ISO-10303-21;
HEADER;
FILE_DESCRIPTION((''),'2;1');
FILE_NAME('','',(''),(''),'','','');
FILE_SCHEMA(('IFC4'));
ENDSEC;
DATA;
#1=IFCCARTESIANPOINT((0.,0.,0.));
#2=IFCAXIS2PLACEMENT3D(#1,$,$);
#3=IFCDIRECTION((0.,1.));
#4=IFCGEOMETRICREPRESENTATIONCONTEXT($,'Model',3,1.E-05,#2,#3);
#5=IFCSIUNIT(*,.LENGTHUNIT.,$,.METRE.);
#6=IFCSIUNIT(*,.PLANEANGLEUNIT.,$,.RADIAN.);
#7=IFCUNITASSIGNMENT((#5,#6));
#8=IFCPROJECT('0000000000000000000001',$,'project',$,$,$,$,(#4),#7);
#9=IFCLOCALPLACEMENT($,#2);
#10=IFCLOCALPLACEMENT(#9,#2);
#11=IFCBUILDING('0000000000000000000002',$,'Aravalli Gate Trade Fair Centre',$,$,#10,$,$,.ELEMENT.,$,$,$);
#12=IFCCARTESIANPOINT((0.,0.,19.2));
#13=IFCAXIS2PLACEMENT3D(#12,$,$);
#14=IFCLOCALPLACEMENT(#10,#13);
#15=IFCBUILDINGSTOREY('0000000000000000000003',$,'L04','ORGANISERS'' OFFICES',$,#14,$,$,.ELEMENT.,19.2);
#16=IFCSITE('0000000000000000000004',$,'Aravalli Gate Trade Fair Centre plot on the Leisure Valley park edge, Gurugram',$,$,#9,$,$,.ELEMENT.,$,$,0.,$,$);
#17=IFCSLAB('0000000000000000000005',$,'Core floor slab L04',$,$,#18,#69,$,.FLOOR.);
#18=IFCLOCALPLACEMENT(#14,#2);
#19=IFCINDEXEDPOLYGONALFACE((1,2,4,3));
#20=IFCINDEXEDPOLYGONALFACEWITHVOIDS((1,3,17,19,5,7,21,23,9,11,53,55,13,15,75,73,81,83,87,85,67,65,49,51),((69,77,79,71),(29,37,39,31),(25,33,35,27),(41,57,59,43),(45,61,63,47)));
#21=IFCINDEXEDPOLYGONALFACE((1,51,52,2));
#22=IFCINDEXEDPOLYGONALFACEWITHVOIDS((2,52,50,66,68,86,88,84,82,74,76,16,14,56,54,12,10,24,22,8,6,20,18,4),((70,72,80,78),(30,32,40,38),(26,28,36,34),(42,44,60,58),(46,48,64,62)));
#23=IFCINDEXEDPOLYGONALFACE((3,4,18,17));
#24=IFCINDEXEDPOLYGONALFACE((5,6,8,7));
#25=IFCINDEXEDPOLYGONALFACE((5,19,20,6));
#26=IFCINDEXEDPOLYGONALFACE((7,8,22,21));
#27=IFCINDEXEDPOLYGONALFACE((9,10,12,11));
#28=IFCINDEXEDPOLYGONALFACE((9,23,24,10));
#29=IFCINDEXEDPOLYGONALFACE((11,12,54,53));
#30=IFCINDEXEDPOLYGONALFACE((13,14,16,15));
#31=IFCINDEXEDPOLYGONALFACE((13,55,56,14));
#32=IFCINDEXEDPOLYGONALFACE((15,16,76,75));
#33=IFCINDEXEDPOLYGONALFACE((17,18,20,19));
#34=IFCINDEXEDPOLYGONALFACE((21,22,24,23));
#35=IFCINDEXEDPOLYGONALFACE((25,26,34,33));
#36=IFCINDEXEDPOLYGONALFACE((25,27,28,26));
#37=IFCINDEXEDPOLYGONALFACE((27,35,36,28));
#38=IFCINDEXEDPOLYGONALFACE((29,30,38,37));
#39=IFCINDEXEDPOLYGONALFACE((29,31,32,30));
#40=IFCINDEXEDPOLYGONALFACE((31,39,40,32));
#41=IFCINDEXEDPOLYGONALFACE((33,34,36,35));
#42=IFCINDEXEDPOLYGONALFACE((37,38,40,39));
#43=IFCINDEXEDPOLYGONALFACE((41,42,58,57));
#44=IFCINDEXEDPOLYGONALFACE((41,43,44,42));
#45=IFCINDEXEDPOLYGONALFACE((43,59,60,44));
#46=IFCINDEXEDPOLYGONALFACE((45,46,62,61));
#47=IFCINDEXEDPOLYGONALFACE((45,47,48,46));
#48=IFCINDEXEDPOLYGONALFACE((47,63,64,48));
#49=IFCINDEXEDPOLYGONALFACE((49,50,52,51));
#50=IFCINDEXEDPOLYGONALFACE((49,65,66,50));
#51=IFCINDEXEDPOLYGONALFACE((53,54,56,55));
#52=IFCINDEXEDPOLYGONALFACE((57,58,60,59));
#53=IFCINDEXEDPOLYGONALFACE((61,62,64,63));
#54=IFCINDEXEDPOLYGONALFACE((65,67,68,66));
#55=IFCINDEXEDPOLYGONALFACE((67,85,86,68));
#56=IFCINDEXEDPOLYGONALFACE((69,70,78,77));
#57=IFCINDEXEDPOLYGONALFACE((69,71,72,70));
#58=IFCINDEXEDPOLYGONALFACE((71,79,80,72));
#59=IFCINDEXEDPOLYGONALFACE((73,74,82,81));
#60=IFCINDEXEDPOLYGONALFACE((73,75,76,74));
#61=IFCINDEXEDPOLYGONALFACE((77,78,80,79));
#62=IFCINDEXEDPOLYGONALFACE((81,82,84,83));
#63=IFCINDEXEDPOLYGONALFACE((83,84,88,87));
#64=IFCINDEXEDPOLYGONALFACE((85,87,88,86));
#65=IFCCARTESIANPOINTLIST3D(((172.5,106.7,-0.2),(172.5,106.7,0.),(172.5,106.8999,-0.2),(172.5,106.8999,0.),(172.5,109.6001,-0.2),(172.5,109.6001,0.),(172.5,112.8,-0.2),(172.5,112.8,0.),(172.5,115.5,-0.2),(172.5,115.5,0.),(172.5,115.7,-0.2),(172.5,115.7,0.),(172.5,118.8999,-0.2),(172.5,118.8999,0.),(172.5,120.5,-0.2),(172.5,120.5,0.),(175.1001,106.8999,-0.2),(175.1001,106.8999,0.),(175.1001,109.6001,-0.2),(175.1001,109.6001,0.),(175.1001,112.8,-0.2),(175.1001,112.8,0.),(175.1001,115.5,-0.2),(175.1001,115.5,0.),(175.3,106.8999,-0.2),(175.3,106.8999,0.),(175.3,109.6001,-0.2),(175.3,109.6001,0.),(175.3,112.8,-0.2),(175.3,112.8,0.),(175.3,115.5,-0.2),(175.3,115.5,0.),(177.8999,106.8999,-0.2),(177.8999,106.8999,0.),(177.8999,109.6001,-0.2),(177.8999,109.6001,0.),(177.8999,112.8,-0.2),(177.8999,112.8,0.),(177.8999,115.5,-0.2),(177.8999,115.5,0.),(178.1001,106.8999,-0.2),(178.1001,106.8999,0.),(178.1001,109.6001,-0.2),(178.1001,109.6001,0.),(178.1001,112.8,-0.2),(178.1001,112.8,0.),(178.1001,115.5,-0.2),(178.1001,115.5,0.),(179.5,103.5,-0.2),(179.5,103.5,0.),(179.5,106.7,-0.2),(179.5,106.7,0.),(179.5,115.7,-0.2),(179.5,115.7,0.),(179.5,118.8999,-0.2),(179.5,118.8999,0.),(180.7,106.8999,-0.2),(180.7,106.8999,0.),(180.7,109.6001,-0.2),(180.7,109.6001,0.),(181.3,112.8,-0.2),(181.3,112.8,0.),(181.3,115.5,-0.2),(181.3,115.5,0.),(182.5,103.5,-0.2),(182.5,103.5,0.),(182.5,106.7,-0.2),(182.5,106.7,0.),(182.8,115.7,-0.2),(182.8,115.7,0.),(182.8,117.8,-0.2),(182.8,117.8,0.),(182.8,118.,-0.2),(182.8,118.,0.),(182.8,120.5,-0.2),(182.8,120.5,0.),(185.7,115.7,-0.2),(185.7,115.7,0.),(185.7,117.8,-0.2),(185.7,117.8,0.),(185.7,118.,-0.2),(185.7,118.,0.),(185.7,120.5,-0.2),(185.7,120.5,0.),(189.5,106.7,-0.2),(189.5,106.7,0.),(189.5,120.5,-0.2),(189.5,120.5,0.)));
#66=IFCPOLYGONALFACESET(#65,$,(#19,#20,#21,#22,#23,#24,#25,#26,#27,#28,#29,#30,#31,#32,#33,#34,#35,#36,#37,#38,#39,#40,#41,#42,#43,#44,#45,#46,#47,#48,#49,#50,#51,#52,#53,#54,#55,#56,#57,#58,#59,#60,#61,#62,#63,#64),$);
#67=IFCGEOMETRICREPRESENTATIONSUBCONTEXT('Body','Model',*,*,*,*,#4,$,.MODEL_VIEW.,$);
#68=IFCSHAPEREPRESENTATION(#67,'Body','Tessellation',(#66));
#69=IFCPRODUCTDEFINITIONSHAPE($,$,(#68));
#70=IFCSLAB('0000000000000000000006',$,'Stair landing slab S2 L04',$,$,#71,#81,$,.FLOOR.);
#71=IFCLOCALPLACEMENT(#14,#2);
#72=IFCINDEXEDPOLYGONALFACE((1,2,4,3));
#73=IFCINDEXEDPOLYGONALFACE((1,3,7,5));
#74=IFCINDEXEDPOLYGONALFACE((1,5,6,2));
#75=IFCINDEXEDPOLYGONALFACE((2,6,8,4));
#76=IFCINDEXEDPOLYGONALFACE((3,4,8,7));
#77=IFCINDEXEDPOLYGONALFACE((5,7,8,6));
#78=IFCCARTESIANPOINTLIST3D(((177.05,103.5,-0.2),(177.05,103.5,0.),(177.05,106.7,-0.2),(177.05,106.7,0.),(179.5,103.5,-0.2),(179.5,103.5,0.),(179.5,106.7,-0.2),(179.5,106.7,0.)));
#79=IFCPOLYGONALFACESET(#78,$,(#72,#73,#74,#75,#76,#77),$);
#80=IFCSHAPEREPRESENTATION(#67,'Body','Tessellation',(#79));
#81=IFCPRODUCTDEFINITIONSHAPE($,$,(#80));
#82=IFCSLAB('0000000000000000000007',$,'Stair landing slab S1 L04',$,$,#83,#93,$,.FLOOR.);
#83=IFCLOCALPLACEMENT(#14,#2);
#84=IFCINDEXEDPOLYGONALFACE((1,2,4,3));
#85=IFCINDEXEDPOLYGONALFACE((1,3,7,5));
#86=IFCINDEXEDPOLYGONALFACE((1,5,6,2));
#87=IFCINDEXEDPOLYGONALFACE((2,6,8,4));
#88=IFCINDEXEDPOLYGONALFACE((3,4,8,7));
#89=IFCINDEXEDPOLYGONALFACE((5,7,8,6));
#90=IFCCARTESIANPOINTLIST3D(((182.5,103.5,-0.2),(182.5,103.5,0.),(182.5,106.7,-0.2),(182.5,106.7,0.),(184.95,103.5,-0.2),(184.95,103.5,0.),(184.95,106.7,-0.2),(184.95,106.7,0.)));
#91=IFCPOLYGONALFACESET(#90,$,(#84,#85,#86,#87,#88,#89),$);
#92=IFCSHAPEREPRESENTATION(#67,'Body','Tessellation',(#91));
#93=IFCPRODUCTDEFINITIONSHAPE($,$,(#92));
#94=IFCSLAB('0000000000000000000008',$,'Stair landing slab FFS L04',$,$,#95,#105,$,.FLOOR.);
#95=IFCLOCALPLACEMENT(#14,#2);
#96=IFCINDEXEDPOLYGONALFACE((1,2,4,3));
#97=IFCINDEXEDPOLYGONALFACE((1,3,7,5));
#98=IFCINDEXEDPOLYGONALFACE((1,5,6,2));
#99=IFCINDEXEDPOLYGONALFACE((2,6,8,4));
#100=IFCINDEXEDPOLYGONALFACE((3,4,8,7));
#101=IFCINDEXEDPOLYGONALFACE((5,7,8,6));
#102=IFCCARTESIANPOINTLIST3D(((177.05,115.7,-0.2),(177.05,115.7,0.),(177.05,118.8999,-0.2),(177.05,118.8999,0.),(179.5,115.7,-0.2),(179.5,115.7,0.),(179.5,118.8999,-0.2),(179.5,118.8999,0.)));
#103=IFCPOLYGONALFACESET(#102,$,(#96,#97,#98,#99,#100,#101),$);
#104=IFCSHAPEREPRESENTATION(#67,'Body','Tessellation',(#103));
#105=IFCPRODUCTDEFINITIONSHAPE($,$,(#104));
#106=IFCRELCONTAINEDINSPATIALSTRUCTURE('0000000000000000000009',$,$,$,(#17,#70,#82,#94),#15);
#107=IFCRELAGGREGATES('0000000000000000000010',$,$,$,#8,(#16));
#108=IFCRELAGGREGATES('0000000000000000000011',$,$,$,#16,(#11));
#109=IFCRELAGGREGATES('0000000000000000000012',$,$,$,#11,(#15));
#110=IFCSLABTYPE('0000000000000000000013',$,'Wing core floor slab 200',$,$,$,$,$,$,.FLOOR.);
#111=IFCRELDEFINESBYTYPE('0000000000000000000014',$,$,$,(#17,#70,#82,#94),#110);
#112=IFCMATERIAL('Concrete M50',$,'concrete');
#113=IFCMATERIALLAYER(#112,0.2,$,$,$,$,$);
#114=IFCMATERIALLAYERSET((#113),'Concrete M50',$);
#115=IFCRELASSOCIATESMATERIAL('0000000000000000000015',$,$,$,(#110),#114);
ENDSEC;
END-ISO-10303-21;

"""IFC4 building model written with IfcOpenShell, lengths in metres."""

from ifc_helpers import new_model, si_unit, direction, frame, origin, place, context, subcontext, project, spatial, polyline, outline, extrude, material, layer, layer_set, type_object, element, save


model = new_model("IFC4")

# Units and contexts
model_context = context("Model", 3, precision=1e-05, world=origin(), true_north=direction((0.0, 1.0)))
body_context = subcontext(model_context, "Body", "Model", "MODEL_VIEW")
ifc_project = project(units=[si_unit("LENGTHUNIT", "METRE"), si_unit("PLANEANGLEUNIT", "RADIAN")], contexts=[model_context])

# Site, building, storey
site_placement = place(None, origin())
site = spatial("IfcSite", under=ifc_project, at=site_placement, Name="Aravalli Gate Trade Fair Centre plot on the Leisure Valley park edge, Gurugram", CompositionType="ELEMENT", RefElevation=0.0)
building_placement = place(site_placement, origin())
building = spatial("IfcBuilding", under=site, at=building_placement, Name="Aravalli Gate Trade Fair Centre", CompositionType="ELEMENT")
storey_placement = place(building_placement, frame((0.0, 0.0, 19.2)))
storey = spatial("IfcBuildingStorey", under=building, at=storey_placement, Name="L04", Description="ORGANISERS' OFFICES", CompositionType="ELEMENT", Elevation=19.2)

# Slabs
ifc_material_1 = material(Name="Concrete M50", Category="concrete")
ifc_layer_1 = layer(ifc_material_1, 0.2)
ifc_layer_set_1 = layer_set([ifc_layer_1], Name="Concrete M50")
slab_type_1 = type_object("IfcSlabType", Name="Wing core floor slab 200", PredefinedType="FLOOR", material=ifc_layer_set_1)
slab_1_placement = place(storey_placement, frame((0.0, 0.0, -0.2)))
element("IfcSlab", 1, at=slab_1_placement, inside=storey, type_object=slab_type_1, Name="Core floor slab L04", PredefinedType="FLOOR", context=body_context, shape_type="SweptSolid", body=[
    extrude(outline(polyline([(189.5, 120.5), (189.5, 106.7), (182.5, 106.7), (182.5, 103.5), (179.5, 103.5), (179.5, 106.7), (172.5, 106.7), (172.5, 106.8999), (175.1001, 106.8999), (175.1001, 109.6001), (172.5, 109.6001), (172.5, 112.8), (175.1001, 112.8), (175.1001, 115.5), (172.5, 115.5), (172.5, 115.7), (179.5, 115.7), (179.5, 118.8999), (172.5, 118.8999), (172.5, 120.5), (182.8, 120.5), (182.8, 118.0), (185.7, 118.0), (185.7, 120.5), (189.5, 120.5)]), holes=[polyline([(175.3, 109.6001), (175.3, 106.8999), (177.8999, 106.8999), (177.8999, 109.6001), (175.3, 109.6001)]), polyline([(177.8999, 115.5), (175.3, 115.5), (175.3, 112.8), (177.8999, 112.8), (177.8999, 115.5)]), polyline([(180.7, 109.6001), (178.1001, 109.6001), (178.1001, 106.8999), (180.7, 106.8999), (180.7, 109.6001)]), polyline([(178.1001, 115.5), (178.1001, 112.8), (181.3, 112.8), (181.3, 115.5), (178.1001, 115.5)]), polyline([(185.7, 117.8), (182.8, 117.8), (182.8, 115.7), (185.7, 115.7), (185.7, 117.8)])]), origin(), (0.0, 0.0, 1.0), 0.2),
])
slab_2_placement = place(storey_placement, frame((0.0, 0.0, -0.2)))
element("IfcSlab", 2, at=slab_2_placement, inside=storey, type_object=slab_type_1, Name="Stair landing slab S2 L04", PredefinedType="FLOOR", context=body_context, shape_type="SweptSolid", body=[
    extrude(outline(polyline([(179.5, 103.5), (179.5, 106.7), (177.05, 106.7), (177.05, 103.5), (179.5, 103.5)])), origin(), (0.0, 0.0, 1.0), 0.2),
])
slab_3_placement = place(storey_placement, frame((0.0, 0.0, -0.2)))
element("IfcSlab", 3, at=slab_3_placement, inside=storey, type_object=slab_type_1, Name="Stair landing slab S1 L04", PredefinedType="FLOOR", context=body_context, shape_type="SweptSolid", body=[
    extrude(outline(polyline([(184.95, 103.5), (184.95, 106.7), (182.5, 106.7), (182.5, 103.5), (184.95, 103.5)])), origin(), (0.0, 0.0, 1.0), 0.2),
])
slab_4_placement = place(storey_placement, frame((0.0, 0.0, -0.2)))
element("IfcSlab", 4, at=slab_4_placement, inside=storey, type_object=slab_type_1, Name="Stair landing slab FFS L04", PredefinedType="FLOOR", context=body_context, shape_type="SweptSolid", body=[
    extrude(outline(polyline([(179.5, 115.7), (179.5, 118.8999), (177.05, 118.8999), (177.05, 115.7), (179.5, 115.7)])), origin(), (0.0, 0.0, 1.0), 0.2),
])

save(model, "model.ifc")
